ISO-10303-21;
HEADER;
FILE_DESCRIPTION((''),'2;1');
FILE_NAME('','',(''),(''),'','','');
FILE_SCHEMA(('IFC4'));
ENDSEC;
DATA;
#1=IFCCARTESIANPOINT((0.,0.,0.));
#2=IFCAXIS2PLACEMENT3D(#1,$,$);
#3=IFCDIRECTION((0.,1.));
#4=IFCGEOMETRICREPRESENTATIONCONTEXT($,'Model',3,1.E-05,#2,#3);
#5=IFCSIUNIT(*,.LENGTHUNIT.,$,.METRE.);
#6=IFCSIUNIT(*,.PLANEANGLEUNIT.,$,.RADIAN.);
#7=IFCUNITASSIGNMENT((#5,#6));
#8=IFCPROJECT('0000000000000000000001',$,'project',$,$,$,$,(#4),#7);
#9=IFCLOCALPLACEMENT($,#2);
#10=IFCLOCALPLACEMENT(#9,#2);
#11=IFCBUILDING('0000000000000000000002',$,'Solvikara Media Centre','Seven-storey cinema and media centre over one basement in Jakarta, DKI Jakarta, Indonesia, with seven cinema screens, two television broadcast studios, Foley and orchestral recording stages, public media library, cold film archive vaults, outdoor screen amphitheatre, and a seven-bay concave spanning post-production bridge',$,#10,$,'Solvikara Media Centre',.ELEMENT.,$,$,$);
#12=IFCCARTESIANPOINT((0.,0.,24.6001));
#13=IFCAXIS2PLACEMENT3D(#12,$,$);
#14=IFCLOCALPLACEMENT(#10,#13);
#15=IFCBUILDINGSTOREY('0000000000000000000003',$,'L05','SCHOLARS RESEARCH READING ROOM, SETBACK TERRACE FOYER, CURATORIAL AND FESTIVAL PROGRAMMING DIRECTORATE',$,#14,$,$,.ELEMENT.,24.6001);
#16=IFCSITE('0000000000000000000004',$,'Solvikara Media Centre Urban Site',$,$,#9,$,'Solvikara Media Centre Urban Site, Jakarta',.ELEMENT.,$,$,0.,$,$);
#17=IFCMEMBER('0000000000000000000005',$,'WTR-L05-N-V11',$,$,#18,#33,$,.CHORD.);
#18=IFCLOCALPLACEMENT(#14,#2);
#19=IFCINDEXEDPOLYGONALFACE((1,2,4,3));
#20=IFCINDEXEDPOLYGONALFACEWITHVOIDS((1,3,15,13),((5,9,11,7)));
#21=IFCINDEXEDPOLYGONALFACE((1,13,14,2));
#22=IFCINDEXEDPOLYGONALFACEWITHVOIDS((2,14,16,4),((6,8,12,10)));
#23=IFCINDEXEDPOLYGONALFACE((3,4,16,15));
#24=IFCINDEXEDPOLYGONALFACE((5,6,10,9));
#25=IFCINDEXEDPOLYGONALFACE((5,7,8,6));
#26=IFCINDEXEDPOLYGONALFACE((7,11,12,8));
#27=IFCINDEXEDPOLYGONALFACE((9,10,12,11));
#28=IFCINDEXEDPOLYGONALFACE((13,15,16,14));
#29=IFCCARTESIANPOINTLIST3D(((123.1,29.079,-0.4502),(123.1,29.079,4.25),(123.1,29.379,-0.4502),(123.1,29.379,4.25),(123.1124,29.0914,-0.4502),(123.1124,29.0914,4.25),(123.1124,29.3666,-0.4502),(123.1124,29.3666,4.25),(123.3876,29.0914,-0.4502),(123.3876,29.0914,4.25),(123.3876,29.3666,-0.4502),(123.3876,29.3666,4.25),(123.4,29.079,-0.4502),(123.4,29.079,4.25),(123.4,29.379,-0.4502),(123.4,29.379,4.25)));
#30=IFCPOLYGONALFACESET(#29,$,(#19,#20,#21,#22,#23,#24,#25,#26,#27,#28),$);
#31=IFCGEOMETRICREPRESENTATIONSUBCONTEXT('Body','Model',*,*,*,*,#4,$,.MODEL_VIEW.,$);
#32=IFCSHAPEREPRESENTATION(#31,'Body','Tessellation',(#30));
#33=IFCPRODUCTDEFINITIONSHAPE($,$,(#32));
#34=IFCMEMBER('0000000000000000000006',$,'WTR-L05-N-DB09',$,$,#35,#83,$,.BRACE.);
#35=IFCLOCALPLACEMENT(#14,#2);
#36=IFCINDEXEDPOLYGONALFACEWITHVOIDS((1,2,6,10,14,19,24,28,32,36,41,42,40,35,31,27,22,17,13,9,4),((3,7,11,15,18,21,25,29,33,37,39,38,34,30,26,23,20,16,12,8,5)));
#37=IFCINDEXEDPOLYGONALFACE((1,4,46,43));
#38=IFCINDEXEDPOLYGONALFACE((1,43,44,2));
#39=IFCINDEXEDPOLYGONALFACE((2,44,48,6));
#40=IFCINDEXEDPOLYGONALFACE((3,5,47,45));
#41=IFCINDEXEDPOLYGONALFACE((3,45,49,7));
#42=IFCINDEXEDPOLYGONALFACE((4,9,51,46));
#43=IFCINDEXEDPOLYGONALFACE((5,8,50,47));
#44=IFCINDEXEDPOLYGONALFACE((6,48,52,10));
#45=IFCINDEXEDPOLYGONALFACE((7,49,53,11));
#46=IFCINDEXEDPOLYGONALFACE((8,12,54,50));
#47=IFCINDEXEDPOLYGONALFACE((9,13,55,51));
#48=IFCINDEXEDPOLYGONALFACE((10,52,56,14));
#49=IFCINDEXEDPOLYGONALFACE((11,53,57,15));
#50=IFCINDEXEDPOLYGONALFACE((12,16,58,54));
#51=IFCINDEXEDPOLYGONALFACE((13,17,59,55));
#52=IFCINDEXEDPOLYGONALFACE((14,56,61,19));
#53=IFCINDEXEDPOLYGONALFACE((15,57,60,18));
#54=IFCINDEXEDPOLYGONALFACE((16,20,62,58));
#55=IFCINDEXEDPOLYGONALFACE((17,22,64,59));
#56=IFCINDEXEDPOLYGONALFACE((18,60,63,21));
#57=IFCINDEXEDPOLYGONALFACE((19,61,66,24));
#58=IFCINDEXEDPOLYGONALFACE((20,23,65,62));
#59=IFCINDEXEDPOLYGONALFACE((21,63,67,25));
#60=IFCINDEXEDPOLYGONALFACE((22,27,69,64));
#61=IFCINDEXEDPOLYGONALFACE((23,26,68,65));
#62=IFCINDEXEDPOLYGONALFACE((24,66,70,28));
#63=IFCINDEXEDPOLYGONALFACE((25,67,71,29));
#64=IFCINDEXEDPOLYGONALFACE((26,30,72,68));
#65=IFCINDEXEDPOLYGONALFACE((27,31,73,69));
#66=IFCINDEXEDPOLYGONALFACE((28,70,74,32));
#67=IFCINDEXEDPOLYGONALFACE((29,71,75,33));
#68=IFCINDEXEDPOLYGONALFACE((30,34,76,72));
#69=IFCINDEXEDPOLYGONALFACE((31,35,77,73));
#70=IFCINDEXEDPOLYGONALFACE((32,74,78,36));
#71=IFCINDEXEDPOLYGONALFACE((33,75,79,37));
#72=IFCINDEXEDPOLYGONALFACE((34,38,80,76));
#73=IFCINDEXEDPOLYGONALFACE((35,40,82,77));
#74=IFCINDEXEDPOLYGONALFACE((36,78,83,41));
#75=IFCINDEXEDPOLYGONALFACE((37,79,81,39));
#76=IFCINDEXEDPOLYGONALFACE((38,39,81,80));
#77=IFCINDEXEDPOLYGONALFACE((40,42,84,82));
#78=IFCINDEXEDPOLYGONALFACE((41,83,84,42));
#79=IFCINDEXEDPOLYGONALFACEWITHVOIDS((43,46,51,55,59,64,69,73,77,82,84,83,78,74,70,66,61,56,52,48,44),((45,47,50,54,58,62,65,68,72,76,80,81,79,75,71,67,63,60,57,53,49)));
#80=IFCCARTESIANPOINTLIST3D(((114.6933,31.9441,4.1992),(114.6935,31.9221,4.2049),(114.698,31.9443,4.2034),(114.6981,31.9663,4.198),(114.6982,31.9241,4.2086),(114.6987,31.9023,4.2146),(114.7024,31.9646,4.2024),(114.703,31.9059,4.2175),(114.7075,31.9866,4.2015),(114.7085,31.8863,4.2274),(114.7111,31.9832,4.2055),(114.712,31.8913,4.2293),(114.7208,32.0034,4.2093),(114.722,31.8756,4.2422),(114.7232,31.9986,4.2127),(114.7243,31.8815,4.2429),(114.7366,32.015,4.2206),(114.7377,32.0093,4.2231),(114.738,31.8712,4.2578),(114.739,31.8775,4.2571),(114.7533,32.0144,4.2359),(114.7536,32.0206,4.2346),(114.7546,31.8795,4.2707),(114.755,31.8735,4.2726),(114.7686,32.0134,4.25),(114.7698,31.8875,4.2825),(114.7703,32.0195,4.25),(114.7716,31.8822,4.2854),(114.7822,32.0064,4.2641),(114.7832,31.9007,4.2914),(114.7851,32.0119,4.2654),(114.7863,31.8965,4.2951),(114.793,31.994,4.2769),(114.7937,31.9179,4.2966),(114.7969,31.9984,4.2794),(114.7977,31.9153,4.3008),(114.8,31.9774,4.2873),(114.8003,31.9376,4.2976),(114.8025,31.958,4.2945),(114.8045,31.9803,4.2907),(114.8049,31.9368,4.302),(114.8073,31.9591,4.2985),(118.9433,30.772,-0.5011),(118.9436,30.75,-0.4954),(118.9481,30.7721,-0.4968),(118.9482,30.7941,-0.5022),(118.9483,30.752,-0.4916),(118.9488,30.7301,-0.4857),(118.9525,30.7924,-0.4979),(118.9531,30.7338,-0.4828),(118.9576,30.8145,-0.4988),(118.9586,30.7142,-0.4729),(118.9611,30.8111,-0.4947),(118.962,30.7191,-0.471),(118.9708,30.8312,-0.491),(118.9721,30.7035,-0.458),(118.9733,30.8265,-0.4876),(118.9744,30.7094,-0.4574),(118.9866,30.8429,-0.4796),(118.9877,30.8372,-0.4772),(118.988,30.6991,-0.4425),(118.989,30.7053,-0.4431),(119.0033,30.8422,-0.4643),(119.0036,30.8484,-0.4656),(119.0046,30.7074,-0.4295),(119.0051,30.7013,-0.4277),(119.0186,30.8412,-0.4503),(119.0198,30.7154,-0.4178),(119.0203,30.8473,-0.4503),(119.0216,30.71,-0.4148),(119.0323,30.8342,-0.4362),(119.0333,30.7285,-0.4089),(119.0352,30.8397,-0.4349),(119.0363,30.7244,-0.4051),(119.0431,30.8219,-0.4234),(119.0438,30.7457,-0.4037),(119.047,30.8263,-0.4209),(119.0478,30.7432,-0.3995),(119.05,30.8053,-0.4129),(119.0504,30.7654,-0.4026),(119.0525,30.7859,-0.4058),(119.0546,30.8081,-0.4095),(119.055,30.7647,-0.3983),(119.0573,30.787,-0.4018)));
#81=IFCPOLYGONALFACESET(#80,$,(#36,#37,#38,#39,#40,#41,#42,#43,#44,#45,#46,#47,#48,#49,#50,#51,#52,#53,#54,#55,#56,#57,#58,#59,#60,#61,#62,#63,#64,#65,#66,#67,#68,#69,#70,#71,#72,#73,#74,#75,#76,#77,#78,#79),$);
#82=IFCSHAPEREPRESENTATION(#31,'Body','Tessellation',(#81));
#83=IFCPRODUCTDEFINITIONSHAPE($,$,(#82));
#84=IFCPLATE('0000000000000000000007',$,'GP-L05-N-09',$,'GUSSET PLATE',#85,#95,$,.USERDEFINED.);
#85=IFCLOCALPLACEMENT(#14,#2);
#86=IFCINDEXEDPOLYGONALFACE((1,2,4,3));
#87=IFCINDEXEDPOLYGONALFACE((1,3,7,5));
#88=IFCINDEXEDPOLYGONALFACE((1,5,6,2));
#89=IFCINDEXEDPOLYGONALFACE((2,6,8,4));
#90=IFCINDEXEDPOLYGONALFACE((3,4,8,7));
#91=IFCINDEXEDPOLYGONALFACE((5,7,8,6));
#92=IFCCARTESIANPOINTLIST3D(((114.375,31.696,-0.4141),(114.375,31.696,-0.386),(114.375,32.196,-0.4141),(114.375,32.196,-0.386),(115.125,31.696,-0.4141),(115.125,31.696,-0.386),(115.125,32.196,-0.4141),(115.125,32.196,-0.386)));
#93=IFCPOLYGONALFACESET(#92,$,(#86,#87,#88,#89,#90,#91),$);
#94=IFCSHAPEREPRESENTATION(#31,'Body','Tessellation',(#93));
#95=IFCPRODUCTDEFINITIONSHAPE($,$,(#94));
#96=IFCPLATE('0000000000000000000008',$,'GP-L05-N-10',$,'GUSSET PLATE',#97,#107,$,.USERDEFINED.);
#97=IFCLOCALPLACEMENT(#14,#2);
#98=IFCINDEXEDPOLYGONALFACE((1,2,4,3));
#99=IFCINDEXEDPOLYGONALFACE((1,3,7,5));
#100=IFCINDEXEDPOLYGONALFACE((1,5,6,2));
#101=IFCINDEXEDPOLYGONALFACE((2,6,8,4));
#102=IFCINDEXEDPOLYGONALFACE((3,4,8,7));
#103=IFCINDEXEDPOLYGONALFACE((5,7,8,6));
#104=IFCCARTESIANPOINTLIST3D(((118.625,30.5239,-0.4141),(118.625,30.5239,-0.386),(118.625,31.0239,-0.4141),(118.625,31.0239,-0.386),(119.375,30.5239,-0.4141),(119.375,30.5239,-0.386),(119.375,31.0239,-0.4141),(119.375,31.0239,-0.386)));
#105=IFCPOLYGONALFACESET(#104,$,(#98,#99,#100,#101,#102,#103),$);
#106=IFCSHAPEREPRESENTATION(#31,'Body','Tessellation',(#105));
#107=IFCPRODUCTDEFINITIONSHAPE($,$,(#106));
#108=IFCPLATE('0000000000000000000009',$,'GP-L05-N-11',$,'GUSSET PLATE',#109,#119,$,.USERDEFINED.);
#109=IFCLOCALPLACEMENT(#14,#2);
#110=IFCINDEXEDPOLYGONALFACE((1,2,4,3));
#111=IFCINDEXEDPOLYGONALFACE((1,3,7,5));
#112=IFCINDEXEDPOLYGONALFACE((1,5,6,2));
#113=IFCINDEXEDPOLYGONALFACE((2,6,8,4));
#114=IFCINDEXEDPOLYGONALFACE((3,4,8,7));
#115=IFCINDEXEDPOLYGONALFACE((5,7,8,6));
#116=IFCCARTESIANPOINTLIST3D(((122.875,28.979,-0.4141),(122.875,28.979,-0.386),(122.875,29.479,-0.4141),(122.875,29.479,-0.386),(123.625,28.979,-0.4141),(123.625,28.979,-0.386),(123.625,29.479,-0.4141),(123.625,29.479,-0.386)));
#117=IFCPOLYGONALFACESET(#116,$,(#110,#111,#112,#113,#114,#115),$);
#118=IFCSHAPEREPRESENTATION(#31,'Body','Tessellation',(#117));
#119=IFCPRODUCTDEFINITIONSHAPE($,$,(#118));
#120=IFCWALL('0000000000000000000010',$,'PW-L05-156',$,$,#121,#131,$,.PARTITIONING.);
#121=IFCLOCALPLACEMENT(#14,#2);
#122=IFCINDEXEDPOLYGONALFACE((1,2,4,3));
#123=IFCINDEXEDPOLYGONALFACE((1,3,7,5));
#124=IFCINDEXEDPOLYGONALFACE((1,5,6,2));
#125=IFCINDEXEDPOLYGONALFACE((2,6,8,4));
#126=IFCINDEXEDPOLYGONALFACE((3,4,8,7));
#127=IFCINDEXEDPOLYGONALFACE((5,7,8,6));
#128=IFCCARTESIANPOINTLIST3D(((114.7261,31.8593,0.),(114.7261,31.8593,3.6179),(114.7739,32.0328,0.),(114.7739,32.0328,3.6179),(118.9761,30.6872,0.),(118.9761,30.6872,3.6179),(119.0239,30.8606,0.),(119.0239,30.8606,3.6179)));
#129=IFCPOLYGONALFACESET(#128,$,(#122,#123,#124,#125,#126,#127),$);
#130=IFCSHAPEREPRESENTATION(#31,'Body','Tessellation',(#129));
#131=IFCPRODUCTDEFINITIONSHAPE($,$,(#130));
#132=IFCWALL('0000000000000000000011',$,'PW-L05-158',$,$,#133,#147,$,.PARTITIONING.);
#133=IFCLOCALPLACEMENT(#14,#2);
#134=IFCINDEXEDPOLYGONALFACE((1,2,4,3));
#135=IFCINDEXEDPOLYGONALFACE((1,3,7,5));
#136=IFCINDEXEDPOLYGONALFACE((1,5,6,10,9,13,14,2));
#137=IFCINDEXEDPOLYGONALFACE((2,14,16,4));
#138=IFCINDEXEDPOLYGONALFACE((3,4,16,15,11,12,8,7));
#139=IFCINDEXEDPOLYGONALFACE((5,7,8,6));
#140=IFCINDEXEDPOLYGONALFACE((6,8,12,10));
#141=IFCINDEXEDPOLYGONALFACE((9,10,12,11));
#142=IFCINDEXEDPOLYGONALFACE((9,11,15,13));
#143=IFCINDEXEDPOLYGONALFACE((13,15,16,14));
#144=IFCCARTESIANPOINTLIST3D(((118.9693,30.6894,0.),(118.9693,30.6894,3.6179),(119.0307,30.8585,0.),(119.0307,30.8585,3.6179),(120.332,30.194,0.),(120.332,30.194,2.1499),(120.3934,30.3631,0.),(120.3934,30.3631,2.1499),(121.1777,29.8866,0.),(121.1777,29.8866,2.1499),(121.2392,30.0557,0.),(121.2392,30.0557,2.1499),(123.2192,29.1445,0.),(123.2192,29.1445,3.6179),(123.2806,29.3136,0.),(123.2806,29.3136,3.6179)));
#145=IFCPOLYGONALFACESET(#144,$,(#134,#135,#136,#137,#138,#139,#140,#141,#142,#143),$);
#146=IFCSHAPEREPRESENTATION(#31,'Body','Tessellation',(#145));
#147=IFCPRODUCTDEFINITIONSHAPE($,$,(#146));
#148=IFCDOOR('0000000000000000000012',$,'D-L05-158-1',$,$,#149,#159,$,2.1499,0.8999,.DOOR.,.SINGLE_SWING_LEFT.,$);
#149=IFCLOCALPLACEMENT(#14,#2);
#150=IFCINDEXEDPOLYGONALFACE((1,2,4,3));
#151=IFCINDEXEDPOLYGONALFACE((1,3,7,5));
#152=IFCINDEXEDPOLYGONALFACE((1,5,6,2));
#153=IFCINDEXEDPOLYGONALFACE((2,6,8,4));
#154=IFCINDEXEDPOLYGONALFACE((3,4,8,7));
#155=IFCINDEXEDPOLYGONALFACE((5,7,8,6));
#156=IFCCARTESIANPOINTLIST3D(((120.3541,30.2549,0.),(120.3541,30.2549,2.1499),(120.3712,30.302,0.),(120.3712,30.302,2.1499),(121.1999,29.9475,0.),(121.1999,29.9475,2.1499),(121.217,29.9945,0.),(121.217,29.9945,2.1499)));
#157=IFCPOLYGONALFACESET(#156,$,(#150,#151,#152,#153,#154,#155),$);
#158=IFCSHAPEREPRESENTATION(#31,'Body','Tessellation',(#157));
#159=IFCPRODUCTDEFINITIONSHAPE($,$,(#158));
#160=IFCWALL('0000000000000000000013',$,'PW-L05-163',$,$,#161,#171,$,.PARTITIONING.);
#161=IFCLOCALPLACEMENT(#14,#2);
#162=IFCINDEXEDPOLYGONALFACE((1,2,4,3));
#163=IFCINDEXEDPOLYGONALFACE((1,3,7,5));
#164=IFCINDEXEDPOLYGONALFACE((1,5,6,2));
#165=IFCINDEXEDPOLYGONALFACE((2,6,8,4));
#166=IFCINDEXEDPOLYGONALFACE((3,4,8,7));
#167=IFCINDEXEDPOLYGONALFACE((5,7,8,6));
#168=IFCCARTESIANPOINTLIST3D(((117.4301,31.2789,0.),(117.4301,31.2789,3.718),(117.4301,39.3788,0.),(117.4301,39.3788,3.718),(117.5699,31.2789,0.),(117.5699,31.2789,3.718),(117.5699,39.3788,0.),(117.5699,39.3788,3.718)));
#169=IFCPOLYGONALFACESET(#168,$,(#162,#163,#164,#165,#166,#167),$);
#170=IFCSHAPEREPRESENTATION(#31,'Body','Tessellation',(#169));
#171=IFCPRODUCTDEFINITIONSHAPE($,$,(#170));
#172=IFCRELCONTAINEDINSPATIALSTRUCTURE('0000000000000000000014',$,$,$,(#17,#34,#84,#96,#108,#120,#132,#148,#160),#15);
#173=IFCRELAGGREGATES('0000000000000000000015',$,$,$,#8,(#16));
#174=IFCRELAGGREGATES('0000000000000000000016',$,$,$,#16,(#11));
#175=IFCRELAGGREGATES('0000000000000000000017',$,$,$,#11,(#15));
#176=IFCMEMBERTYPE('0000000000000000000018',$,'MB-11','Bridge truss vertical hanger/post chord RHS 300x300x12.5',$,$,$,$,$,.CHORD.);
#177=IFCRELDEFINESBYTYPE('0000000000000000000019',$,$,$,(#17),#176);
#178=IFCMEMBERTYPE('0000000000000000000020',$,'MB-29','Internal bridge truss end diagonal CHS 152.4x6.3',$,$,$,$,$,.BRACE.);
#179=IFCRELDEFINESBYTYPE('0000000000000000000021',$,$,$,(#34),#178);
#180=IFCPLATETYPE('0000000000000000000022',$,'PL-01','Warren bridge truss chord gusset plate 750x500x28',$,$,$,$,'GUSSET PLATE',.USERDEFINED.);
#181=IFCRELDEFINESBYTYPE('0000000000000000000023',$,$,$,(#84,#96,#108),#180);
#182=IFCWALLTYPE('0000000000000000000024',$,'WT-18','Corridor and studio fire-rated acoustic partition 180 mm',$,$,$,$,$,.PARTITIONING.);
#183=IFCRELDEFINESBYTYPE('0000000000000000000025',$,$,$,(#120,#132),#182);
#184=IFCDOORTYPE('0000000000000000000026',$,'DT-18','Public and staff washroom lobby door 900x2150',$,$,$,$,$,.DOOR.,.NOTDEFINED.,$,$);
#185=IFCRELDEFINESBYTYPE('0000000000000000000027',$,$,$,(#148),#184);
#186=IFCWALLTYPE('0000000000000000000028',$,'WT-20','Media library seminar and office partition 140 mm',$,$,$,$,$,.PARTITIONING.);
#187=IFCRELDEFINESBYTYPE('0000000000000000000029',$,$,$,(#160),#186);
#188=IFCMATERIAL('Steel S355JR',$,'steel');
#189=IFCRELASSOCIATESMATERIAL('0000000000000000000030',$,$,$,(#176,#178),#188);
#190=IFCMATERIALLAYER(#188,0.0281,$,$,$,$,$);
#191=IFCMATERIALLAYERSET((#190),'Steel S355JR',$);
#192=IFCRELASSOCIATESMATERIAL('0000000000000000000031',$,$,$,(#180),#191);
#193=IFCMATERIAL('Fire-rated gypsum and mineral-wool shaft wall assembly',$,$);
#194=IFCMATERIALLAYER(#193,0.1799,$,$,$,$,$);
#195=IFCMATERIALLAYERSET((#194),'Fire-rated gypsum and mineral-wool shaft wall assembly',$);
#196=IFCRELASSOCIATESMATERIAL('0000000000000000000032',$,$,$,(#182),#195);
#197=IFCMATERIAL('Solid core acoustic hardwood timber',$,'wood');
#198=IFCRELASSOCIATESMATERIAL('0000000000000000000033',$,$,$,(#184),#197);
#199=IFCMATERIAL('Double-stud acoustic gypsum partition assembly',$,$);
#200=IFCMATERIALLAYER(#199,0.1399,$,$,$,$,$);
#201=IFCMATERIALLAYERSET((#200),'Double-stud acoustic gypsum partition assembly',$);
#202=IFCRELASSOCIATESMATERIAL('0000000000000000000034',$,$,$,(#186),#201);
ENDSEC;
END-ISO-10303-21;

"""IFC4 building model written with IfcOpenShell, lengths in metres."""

from ifc_helpers import new_model, si_unit, direction, frame, frame_2d, origin, origin_2d, place, context, subcontext, project, spatial, rectangle, hollow_rectangle, hollow_circle, extrude, material, layer, layer_set, material_profile, profile_set, type_object, element, fill, save


model = new_model("IFC4")

# Units and contexts
model_context = context("Model", 3, precision=1e-05, world=origin(), true_north=direction((0.0, 1.0)))
body_context = subcontext(model_context, "Body", "Model", "MODEL_VIEW")
ifc_project = project(units=[si_unit("LENGTHUNIT", "METRE"), si_unit("PLANEANGLEUNIT", "RADIAN")], contexts=[model_context])

# Site, building, storey
site_placement = place(None, origin())
site = spatial("IfcSite", under=ifc_project, at=site_placement, Name="Solvikara Media Centre Urban Site", LongName="Solvikara Media Centre Urban Site, Jakarta", CompositionType="ELEMENT", RefElevation=0.0)
building_placement = place(site_placement, origin())
building = spatial("IfcBuilding", under=site, at=building_placement, Name="Solvikara Media Centre", Description="Seven-storey cinema and media centre over one basement in Jakarta, DKI Jakarta, Indonesia, with seven cinema screens, two television broadcast studios, Foley and orchestral recording stages, public media library, cold film archive vaults, outdoor screen amphitheatre, and a seven-bay concave spanning post-production bridge", LongName="Solvikara Media Centre", CompositionType="ELEMENT")
storey_placement = place(building_placement, frame((0.0, 0.0, 24.6001)))
storey = spatial("IfcBuildingStorey", under=building, at=storey_placement, Name="L05", Description="SCHOLARS RESEARCH READING ROOM, SETBACK TERRACE FOYER, CURATORIAL AND FESTIVAL PROGRAMMING DIRECTORATE", CompositionType="ELEMENT", Elevation=24.6001)

# Shared definitions
ifc_material_1 = material(Name="Steel S355JR", Category="steel")

# Members
ifc_material_profile_1 = material_profile(ifc_material_1, hollow_rectangle(XDim=0.3, YDim=0.3, WallThickness=0.0125, at=origin_2d()), Name="RHS 300x300x12.5")
ifc_profile_set_1 = profile_set([ifc_material_profile_1], Name="Steel S355JR")
member_type_1 = type_object("IfcMemberType", Name="MB-11", Description="Bridge truss vertical hanger/post chord RHS 300x300x12.5", PredefinedType="CHORD", material=ifc_profile_set_1)
for number, where, z_axis, x_axis, name in (
    (1, (123.25, 29.229, -0.4502), (0.0, 0.0, 1.0), (1.0, 0.0, 0.0), "WTR-L05-N-V11"),
):
    element("IfcMember", number, at=place(storey_placement, frame(where, z_axis=z_axis, x_axis=x_axis)), inside=storey, type_object=member_type_1, Name=name, PredefinedType="CHORD", context=body_context, shape_type="SweptSolid", body=[
        extrude(hollow_rectangle(XDim=0.3, YDim=0.3, WallThickness=0.0125, at=origin_2d()), origin(), (0.0, 0.0, 1.0), 4.7002),
    ])
ifc_material_profile_2 = material_profile(ifc_material_1, hollow_circle(Radius=0.0762, WallThickness=0.0063, at=origin_2d()), Name="CHS 152.4x6.3")
ifc_profile_set_2 = profile_set([ifc_material_profile_2], Name="Steel S355JR")
member_type_2 = type_object("IfcMemberType", Name="MB-29", Description="Internal bridge truss end diagonal CHS 152.4x6.3", PredefinedType="BRACE", material=ifc_profile_set_2)
member_placement = place(storey_placement, frame((114.75, 31.946, 4.25), z_axis=(0.659504, -0.181886, -0.729364), x_axis=(0.265867, 0.96401, 0.0)))
element("IfcMember", 2, at=member_placement, inside=storey, type_object=member_type_2, Name="WTR-L05-N-DB09", PredefinedType="BRACE", context=body_context, shape_type="SweptSolid", body=[
    extrude(hollow_circle(Radius=0.0762, WallThickness=0.0063, at=origin_2d()), origin(), (0.0, 0.0, 1.0), 6.4443),
])

# Plates
ifc_layer_1 = layer(ifc_material_1, 0.0281)
ifc_layer_set_1 = layer_set([ifc_layer_1], Name="Steel S355JR")
plate_type = type_object("IfcPlateType", Name="PL-01", Description="Warren bridge truss chord gusset plate 750x500x28", ElementType="GUSSET PLATE", PredefinedType="USERDEFINED", material=ifc_layer_set_1)
for number, where, z_axis, x_axis, name in (
    (3, (114.75, 31.946, -0.4141), (0.0, 0.0, 1.0), (1.0, 0.0, 0.0), "GP-L05-N-09"),
    (4, (119.0, 30.7739, -0.4141), (0.0, 0.0, 1.0), (1.0, 0.0, 0.0), "GP-L05-N-10"),
    (5, (123.25, 29.229, -0.4141), (0.0, 0.0, 1.0), (1.0, 0.0, 0.0), "GP-L05-N-11"),
):
    element("IfcPlate", number, at=place(storey_placement, frame(where, z_axis=z_axis, x_axis=x_axis)), inside=storey, type_object=plate_type, Name=name, ObjectType="GUSSET PLATE", PredefinedType="USERDEFINED", context=body_context, shape_type="SweptSolid", body=[
        extrude(rectangle(XDim=0.75, YDim=0.5, at=origin_2d()), origin(), (0.0, 0.0, 1.0), 0.0281),
    ])

# Wall
ifc_material_2 = material(Name="Fire-rated gypsum and mineral-wool shaft wall assembly")
ifc_layer_2 = layer(ifc_material_2, 0.1799)
ifc_layer_set_2 = layer_set([ifc_layer_2], Name="Fire-rated gypsum and mineral-wool shaft wall assembly")
wall_type_1 = type_object("IfcWallType", Name="WT-18", Description="Corridor and studio fire-rated acoustic partition 180 mm", PredefinedType="PARTITIONING", material=ifc_layer_set_2)
wall_1_placement = place(storey_placement, frame((114.75, 31.946, 0.0), z_axis=(0.0, 0.0, 1.0), x_axis=(0.96401, -0.265867, 0.0)))
element("IfcWall", 6, at=wall_1_placement, inside=storey, type_object=wall_type_1, Name="PW-L05-156", PredefinedType="PARTITIONING", context=body_context, shape_type="SweptSolid", body=[
    extrude(rectangle(XDim=4.4087, YDim=0.1799, at=frame_2d((2.2043, 0.0))), origin(), (0.0, 0.0, 1.0), 3.6179),
])

# Wall, opening, door
wall_2_placement = place(storey_placement, frame((119.0, 30.7739, 0.0), z_axis=(0.0, 0.0, 1.0), x_axis=(0.939831, -0.341639, 0.0)))
wall_2 = element("IfcWall", 7, at=wall_2_placement, inside=storey, type_object=wall_type_1, Name="PW-L05-158", PredefinedType="PARTITIONING", context=body_context, shape_type="SweptSolid", body=[
    extrude(rectangle(XDim=4.522, YDim=0.1799, at=frame_2d((2.261, 0.0))), origin(), (0.0, 0.0, 1.0), 3.6179),
])
opening_1_placement = place(wall_2_placement, frame((1.45, 0.0, 0.0)))
opening_1 = element("IfcOpeningElement", 8, at=opening_1_placement, cuts=wall_2, PredefinedType="OPENING", context=body_context, shape_type="SweptSolid", body=[
    extrude(rectangle(XDim=0.8999, YDim=2.1499, at=frame_2d((0.45, 1.075))), frame((0.0, 0.1021, 0.0), z_axis=(0.0, -1.0, 0.0), x_axis=(1.0, 0.0, 0.0)), (0.0, 0.0, 1.0), 0.2039),
])
ifc_material_3 = material(Name="Solid core acoustic hardwood timber", Category="wood")
door_type_1 = type_object("IfcDoorType", Name="DT-18", Description="Public and staff washroom lobby door 900x2150", OperationType="NOTDEFINED", PredefinedType="DOOR", material=ifc_material_3)
door_1_placement = place(opening_1_placement, origin())
door_1 = element("IfcDoor", 9, at=door_1_placement, inside=storey, type_object=door_type_1, Name="D-L05-158-1", OperationType="SINGLE_SWING_LEFT", OverallHeight=2.1499, OverallWidth=0.8999, PredefinedType="DOOR", context=body_context, shape_type="SweptSolid", body=[
    extrude(rectangle(XDim=0.8999, YDim=2.1499, at=frame_2d((0.45, 1.075))), frame((0.0, 0.0249, 0.0), z_axis=(0.0, -1.0, 0.0), x_axis=(1.0, 0.0, 0.0)), (0.0, 0.0, 1.0), 0.05),
])
fill(opening_1, door_1)

# Wall
ifc_material_4 = material(Name="Double-stud acoustic gypsum partition assembly")
ifc_layer_3 = layer(ifc_material_4, 0.1399)
ifc_layer_set_3 = layer_set([ifc_layer_3], Name="Double-stud acoustic gypsum partition assembly")
wall_type_2 = type_object("IfcWallType", Name="WT-20", Description="Media library seminar and office partition 140 mm", PredefinedType="PARTITIONING", material=ifc_layer_set_3)
wall_3_placement = place(storey_placement, frame((117.5, 31.2791, 0.0), z_axis=(0.0, 0.0, 1.0), x_axis=(0.0, 1.0, 0.0)))
element("IfcWall", 10, at=wall_3_placement, inside=storey, type_object=wall_type_2, Name="PW-L05-163", PredefinedType="PARTITIONING", context=body_context, shape_type="SweptSolid", body=[
    extrude(rectangle(XDim=8.0999, YDim=0.1399, at=frame_2d((4.0498, 0.0))), origin(), (0.0, 0.0, 1.0), 3.718),
])

save(model, "model.ifc")
